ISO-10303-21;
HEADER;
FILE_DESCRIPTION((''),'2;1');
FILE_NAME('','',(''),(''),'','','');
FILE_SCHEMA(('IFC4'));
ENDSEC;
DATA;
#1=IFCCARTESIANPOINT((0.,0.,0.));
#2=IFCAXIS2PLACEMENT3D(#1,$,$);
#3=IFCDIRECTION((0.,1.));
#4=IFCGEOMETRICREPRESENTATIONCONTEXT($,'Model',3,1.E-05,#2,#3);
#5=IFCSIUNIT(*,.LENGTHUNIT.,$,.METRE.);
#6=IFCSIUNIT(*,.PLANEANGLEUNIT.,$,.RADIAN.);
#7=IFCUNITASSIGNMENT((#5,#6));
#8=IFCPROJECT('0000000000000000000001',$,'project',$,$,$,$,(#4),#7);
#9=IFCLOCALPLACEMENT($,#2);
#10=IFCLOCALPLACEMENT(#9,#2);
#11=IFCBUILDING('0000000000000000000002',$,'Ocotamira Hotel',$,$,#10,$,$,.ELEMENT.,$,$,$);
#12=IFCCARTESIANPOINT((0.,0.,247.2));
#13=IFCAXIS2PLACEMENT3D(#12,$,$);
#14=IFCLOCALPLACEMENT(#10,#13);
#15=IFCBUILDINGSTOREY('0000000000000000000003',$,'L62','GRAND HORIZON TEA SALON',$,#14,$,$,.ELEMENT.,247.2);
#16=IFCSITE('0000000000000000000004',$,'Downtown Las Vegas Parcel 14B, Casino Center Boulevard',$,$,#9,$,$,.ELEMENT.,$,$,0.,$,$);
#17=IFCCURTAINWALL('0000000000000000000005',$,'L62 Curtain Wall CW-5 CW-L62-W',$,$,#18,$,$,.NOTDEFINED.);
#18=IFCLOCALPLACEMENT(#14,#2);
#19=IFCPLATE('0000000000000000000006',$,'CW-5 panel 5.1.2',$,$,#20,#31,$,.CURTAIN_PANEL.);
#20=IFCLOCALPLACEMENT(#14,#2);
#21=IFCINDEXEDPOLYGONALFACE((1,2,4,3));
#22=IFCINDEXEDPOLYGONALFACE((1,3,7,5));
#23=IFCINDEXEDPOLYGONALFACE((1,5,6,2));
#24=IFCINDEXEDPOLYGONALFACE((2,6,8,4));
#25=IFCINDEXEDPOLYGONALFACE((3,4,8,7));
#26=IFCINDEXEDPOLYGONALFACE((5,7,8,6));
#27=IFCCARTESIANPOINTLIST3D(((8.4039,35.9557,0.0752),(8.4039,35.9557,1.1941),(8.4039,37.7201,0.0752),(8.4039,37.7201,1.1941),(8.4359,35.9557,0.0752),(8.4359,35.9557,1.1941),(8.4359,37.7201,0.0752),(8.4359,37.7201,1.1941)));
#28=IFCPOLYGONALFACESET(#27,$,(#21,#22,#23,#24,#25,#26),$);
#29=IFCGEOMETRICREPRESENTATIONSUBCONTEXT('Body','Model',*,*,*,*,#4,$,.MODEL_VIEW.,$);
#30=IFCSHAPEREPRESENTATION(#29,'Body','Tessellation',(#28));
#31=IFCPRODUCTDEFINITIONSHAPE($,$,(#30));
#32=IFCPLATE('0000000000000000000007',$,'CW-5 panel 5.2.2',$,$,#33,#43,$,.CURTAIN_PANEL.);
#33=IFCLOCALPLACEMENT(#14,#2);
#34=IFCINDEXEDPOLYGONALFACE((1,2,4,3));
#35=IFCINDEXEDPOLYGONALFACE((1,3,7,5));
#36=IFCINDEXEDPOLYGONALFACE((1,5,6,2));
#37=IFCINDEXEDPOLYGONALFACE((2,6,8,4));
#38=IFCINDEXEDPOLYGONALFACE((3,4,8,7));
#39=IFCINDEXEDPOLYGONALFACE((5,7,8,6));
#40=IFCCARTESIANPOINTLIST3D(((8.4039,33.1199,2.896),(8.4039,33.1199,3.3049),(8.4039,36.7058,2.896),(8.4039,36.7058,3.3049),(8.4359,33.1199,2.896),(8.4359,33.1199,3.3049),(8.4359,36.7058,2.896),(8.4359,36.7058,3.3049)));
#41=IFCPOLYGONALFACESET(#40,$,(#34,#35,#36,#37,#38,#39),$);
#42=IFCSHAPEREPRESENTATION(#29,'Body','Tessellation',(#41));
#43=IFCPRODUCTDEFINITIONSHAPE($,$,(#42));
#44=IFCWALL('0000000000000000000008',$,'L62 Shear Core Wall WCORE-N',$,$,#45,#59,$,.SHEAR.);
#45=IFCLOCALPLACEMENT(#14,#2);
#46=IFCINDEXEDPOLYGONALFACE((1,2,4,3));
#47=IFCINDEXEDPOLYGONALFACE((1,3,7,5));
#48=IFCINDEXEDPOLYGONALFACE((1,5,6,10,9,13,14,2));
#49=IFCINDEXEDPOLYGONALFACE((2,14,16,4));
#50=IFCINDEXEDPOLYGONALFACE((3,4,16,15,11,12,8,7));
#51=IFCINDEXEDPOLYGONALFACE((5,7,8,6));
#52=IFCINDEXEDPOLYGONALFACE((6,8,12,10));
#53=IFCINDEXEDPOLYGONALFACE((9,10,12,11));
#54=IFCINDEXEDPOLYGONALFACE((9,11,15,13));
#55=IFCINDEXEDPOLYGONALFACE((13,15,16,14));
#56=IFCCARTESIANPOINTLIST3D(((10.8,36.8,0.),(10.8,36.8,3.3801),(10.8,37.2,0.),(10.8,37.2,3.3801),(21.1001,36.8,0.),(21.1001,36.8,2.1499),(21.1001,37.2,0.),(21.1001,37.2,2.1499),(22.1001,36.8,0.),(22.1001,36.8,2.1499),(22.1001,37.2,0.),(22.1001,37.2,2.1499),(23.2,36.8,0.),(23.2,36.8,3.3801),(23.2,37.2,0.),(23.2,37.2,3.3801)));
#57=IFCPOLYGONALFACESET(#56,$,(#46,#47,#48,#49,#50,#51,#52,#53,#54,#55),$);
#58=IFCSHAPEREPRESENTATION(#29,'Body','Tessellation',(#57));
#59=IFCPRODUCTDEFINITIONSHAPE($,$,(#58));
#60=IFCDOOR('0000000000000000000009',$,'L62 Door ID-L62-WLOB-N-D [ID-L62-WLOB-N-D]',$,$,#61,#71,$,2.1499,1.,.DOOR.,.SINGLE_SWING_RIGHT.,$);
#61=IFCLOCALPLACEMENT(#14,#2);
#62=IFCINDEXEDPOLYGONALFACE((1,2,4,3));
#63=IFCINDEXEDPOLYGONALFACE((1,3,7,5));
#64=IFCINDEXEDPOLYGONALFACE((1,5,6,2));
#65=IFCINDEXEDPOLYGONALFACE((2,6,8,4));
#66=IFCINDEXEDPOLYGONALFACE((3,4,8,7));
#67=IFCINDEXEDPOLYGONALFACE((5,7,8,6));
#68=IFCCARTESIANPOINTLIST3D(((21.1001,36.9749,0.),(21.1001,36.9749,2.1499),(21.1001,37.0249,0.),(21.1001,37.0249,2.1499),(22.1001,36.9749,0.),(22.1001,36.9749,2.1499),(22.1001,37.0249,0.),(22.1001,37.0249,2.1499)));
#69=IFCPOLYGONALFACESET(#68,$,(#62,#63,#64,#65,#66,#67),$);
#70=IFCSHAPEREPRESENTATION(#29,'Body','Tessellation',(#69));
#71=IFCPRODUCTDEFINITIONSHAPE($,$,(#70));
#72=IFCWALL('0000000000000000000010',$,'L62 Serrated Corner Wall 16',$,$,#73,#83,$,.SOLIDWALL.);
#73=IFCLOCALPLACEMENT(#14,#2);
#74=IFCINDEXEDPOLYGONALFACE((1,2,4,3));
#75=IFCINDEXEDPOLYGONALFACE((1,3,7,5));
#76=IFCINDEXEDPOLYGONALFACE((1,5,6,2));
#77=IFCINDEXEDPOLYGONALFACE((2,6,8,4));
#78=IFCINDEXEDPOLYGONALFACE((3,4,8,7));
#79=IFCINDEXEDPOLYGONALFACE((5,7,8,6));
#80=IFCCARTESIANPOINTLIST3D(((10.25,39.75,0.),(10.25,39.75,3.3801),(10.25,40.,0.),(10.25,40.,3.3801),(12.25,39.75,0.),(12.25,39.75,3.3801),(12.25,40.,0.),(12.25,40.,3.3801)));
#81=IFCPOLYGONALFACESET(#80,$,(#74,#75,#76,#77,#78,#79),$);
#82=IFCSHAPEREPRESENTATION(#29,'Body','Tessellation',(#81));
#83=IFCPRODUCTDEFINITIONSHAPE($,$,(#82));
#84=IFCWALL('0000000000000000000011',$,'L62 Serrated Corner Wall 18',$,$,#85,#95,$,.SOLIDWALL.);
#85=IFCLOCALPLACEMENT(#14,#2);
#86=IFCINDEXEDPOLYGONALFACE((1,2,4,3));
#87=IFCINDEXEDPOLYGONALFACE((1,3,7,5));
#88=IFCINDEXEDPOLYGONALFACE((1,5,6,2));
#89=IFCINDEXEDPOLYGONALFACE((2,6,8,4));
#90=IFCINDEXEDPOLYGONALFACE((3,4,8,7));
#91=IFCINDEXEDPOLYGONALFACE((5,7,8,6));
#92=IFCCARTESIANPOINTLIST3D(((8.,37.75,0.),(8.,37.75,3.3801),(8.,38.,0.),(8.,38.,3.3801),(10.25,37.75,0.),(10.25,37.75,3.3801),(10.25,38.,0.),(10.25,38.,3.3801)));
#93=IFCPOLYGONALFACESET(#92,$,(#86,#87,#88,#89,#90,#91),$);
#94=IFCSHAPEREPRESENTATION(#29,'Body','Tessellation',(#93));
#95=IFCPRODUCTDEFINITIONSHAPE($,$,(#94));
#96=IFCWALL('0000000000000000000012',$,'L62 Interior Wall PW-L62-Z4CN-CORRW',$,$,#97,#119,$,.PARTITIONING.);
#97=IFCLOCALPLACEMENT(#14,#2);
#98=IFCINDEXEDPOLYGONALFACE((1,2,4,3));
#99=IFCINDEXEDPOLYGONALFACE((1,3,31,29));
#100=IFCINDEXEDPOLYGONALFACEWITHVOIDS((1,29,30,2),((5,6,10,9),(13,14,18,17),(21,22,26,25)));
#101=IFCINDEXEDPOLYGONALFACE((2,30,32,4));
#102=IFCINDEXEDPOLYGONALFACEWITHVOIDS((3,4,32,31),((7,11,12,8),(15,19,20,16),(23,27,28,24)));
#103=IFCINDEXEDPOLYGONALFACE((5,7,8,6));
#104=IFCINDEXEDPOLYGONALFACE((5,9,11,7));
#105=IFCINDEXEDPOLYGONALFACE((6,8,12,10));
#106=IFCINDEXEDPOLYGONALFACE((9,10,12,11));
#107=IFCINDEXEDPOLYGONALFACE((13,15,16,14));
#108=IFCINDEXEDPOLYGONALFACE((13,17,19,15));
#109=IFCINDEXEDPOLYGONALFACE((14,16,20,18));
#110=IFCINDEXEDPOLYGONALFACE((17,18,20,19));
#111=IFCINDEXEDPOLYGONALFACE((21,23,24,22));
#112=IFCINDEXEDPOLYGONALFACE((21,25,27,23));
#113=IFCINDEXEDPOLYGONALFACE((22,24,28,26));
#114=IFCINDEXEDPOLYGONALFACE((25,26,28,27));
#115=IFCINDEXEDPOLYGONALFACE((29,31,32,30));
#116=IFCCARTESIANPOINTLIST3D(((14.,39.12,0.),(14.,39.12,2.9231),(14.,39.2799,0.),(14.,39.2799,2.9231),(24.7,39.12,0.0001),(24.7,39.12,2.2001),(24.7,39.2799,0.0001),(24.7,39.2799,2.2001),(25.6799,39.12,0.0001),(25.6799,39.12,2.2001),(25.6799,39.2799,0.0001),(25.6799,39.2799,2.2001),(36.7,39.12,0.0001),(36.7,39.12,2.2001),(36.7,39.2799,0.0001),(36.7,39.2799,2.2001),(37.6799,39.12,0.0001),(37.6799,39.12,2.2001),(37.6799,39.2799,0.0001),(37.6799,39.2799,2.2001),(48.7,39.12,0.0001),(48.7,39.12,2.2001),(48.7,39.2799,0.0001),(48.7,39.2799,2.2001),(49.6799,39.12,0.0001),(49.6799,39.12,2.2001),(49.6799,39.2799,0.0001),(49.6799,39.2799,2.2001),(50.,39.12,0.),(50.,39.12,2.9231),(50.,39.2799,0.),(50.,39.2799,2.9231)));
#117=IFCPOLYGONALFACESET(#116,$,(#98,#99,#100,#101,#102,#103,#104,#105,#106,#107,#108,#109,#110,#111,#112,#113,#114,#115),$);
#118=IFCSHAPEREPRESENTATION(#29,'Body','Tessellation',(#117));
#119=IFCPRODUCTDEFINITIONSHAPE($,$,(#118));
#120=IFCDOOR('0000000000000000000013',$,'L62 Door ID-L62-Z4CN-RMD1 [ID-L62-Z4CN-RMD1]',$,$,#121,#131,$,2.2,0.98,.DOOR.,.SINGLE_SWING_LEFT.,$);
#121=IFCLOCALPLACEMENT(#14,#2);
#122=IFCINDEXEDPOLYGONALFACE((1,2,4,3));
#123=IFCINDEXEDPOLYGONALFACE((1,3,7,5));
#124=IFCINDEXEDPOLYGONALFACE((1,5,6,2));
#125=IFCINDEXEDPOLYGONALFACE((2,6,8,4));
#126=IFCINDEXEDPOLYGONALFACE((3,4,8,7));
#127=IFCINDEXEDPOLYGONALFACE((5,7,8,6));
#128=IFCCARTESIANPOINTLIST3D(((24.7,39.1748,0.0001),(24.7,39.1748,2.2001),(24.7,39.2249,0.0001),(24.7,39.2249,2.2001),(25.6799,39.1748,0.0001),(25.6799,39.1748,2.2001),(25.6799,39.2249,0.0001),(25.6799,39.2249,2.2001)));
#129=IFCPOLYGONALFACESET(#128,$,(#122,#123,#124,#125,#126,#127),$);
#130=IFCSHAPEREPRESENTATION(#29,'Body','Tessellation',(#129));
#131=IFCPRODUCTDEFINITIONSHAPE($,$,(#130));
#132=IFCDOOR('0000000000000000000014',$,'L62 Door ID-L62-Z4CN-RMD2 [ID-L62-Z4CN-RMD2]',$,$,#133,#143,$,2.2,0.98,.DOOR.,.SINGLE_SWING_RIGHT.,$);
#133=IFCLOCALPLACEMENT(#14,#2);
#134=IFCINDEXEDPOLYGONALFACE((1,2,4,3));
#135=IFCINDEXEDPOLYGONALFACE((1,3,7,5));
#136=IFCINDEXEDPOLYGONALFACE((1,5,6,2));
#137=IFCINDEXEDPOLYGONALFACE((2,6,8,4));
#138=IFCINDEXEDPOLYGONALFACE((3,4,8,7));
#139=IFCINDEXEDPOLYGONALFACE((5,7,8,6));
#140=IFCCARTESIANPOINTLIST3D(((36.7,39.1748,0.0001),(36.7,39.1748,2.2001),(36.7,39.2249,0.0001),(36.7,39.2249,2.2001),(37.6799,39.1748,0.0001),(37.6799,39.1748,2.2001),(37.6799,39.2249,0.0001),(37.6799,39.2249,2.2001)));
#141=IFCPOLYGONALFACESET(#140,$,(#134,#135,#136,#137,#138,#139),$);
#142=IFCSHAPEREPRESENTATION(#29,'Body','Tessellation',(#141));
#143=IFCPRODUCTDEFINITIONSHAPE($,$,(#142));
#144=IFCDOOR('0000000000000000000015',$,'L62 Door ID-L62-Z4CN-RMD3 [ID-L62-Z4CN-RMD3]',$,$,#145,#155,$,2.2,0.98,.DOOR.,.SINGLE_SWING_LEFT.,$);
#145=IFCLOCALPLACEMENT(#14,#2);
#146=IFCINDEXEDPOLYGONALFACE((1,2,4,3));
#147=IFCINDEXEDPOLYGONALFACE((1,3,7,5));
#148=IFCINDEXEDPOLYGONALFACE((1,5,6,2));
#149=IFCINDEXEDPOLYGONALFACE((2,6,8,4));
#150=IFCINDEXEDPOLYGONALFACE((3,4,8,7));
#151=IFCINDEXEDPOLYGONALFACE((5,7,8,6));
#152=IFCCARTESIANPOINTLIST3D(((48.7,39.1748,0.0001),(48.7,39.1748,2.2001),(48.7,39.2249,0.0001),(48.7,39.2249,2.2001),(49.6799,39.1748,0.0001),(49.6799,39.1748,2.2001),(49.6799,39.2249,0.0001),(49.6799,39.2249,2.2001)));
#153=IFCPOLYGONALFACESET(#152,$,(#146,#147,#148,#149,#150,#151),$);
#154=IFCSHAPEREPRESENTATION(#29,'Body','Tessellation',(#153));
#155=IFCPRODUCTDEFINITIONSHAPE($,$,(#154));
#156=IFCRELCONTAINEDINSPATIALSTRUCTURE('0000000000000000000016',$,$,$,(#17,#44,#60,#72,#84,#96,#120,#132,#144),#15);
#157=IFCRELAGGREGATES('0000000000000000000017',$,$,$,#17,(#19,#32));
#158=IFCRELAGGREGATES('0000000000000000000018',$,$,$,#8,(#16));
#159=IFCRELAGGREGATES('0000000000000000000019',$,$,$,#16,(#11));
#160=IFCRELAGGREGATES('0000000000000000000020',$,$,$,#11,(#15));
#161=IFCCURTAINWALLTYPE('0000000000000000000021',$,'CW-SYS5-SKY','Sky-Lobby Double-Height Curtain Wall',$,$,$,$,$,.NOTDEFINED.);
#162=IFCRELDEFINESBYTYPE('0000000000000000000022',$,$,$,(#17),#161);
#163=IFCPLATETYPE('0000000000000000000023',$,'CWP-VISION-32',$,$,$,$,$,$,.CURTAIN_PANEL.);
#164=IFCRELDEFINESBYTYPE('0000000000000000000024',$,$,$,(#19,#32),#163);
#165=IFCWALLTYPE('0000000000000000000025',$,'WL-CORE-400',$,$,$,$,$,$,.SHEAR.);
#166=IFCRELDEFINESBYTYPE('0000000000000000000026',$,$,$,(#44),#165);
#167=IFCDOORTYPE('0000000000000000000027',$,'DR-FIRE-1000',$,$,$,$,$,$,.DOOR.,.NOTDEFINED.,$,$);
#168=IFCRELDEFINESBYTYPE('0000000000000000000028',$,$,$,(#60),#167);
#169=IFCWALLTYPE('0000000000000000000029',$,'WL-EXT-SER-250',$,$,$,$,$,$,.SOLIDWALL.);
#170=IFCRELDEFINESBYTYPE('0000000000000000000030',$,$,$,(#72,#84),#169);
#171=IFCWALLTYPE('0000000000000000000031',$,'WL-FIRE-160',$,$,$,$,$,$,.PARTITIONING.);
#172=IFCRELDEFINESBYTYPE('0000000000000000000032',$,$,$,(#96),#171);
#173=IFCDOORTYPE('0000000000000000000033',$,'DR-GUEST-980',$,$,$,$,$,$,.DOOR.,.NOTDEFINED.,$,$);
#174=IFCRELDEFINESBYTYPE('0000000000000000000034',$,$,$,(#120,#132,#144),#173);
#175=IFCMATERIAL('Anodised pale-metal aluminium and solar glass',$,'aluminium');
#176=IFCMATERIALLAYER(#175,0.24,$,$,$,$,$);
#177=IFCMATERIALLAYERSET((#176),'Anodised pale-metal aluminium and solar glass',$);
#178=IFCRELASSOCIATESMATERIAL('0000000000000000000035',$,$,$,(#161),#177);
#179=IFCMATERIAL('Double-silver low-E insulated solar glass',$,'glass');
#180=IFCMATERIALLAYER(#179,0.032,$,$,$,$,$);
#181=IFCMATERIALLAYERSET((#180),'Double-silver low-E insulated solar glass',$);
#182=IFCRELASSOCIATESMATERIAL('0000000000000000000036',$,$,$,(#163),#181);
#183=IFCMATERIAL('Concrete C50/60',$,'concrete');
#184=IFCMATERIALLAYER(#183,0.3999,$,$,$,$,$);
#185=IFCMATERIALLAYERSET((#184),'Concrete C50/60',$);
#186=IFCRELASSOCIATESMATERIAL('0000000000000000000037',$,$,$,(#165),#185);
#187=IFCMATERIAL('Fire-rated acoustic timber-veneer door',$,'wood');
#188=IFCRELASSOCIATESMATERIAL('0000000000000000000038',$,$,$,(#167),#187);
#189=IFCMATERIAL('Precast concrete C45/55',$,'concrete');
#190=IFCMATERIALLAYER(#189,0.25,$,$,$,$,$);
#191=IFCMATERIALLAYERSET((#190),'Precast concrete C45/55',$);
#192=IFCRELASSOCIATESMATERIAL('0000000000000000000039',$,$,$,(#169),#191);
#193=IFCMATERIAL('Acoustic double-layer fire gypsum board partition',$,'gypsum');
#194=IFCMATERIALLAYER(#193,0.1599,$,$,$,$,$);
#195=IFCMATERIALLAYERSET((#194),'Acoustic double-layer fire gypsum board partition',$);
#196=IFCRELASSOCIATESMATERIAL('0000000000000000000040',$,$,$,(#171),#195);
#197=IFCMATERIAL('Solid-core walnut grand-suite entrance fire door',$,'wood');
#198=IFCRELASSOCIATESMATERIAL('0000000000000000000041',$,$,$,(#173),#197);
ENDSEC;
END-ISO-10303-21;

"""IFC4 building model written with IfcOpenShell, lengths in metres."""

from ifc_helpers import new_model, si_unit, direction, frame, frame_2d, origin, origin_2d, place, context, subcontext, project, spatial, rectangle, extrude, source, transform, mapped, material, layer, layer_set, type_object, element, fill, aggregate, save


model = new_model("IFC4")

# Units and contexts
model_context = context("Model", 3, precision=1e-05, world=origin(), true_north=direction((0.0, 1.0)))
body_context = subcontext(model_context, "Body", "Model", "MODEL_VIEW")
ifc_project = project(units=[si_unit("LENGTHUNIT", "METRE"), si_unit("PLANEANGLEUNIT", "RADIAN")], contexts=[model_context])

# Site, building, storey
site_placement = place(None, origin())
site = spatial("IfcSite", under=ifc_project, at=site_placement, Name="Downtown Las Vegas Parcel 14B, Casino Center Boulevard", CompositionType="ELEMENT", RefElevation=0.0)
building_placement = place(site_placement, origin())
building = spatial("IfcBuilding", under=site, at=building_placement, Name="Ocotamira Hotel", CompositionType="ELEMENT")
storey_placement = place(building_placement, frame((0.0, 0.0, 247.2)))
storey = spatial("IfcBuildingStorey", under=building, at=storey_placement, Name="L62", Description="GRAND HORIZON TEA SALON", CompositionType="ELEMENT", Elevation=247.2)

# Curtain wall
ifc_material_1 = material(Name="Anodised pale-metal aluminium and solar glass", Category="aluminium")
ifc_layer_1 = layer(ifc_material_1, 0.24)
ifc_layer_set_1 = layer_set([ifc_layer_1], Name="Anodised pale-metal aluminium and solar glass")
curtain_wall_type = type_object("IfcCurtainWallType", Name="CW-SYS5-SKY", Description="Sky-Lobby Double-Height Curtain Wall", PredefinedType="NOTDEFINED", material=ifc_layer_set_1)
curtain_wall_placement = place(storey_placement, origin())
curtain_wall = element("IfcCurtainWall", 1, at=curtain_wall_placement, inside=storey, type_object=curtain_wall_type, Name="L62 Curtain Wall CW-5 CW-L62-W", PredefinedType="NOTDEFINED")

# Plates
ifc_material_2 = material(Name="Double-silver low-E insulated solar glass", Category="glass")
ifc_layer_2 = layer(ifc_material_2, 0.032)
ifc_layer_set_2 = layer_set([ifc_layer_2], Name="Double-silver low-E insulated solar glass")
plate_type_1 = type_object("IfcPlateType", Name="CWP-VISION-32", PredefinedType="CURTAIN_PANEL", material=ifc_layer_set_2)
shared_shape_1 = source(origin(), body_context, "Body", "SweptSolid", [
    extrude(rectangle(XDim=1.7644, YDim=0.032, at=origin_2d()), origin(), (0.0, 0.0, 1.0), 1.1189),
])
plate_1_placement = place(storey_placement, frame((8.4199, 36.8379, 0.0752), z_axis=(0.0, 0.0, 1.0), x_axis=(0.0, 1.0, 0.0)))
plate_1 = element("IfcPlate", 2, at=plate_1_placement, type_object=plate_type_1, Name="CW-5 panel 5.1.2", PredefinedType="CURTAIN_PANEL", context=body_context, shape_type="MappedRepresentation", body=[
    mapped(shared_shape_1, transform((0.0, 0.0, 0.0), scale=1.0)),
])
shared_shape_2 = source(origin(), body_context, "Body", "SweptSolid", [
    extrude(rectangle(XDim=3.5859, YDim=0.032, at=origin_2d()), origin(), (0.0, 0.0, 1.0), 0.4089),
])
plate_2_placement = place(storey_placement, frame((8.4199, 34.9128, 2.896), z_axis=(0.0, 0.0, 1.0), x_axis=(0.0, 1.0, 0.0)))
plate_2 = element("IfcPlate", 3, at=plate_2_placement, type_object=plate_type_1, Name="CW-5 panel 5.2.2", PredefinedType="CURTAIN_PANEL", context=body_context, shape_type="MappedRepresentation", body=[
    mapped(shared_shape_2, transform((0.0, 0.0, 0.0), scale=1.0)),
])
aggregate(curtain_wall, [plate_1, plate_2])

# Wall, opening, door
ifc_material_3 = material(Name="Concrete C50/60", Category="concrete")
ifc_layer_3 = layer(ifc_material_3, 0.3999)
ifc_layer_set_3 = layer_set([ifc_layer_3], Name="Concrete C50/60")
wall_type_1 = type_object("IfcWallType", Name="WL-CORE-400", PredefinedType="SHEAR", material=ifc_layer_set_3)
wall_1_placement = place(storey_placement, frame((10.8, 37.0, 0.0), z_axis=(0.0, 0.0, 1.0), x_axis=(1.0, 0.0, 0.0)))
wall_1 = element("IfcWall", 4, at=wall_1_placement, inside=storey, type_object=wall_type_1, Name="L62 Shear Core Wall WCORE-N", PredefinedType="SHEAR", context=body_context, shape_type="SweptSolid", body=[
    extrude(rectangle(XDim=12.3999, YDim=0.3999, at=frame_2d((6.2, 0.0))), origin(), (0.0, 0.0, 1.0), 3.3801),
])
opening_1_placement = place(wall_1_placement, frame((10.3, 0.0, 0.0)))
opening_1 = element("IfcOpeningElement", 5, at=opening_1_placement, cuts=wall_1, PredefinedType="OPENING", context=body_context, shape_type="SweptSolid", body=[
    extrude(rectangle(XDim=1.0, YDim=2.1499, at=frame_2d((0.5, 1.075))), frame((0.0, 0.21, 0.0), z_axis=(0.0, -1.0, 0.0), x_axis=(1.0, 0.0, 0.0)), (0.0, 0.0, 1.0), 0.4199),
])
ifc_material_4 = material(Name="Fire-rated acoustic timber-veneer door", Category="wood")
door_type_1 = type_object("IfcDoorType", Name="DR-FIRE-1000", OperationType="NOTDEFINED", PredefinedType="DOOR", material=ifc_material_4)
shared_shape_3 = source(origin(), body_context, "Body", "SweptSolid", [
    extrude(rectangle(XDim=1.0, YDim=2.1499, at=frame_2d((0.5, 1.075))), frame((0.0, 0.0249, 0.0), z_axis=(0.0, -1.0, 0.0), x_axis=(1.0, 0.0, 0.0)), (0.0, 0.0, 1.0), 0.05),
])
door_1_placement = place(opening_1_placement, origin())
door_1 = element("IfcDoor", 6, at=door_1_placement, inside=storey, type_object=door_type_1, Name="L62 Door ID-L62-WLOB-N-D [ID-L62-WLOB-N-D]", OperationType="SINGLE_SWING_RIGHT", OverallHeight=2.1499, OverallWidth=1.0, PredefinedType="DOOR", context=body_context, shape_type="MappedRepresentation", body=[
    mapped(shared_shape_3, transform((0.0, 0.0, 0.0), scale=1.0)),
])
fill(opening_1, door_1)

# Walls
ifc_material_5 = material(Name="Precast concrete C45/55", Category="concrete")
ifc_layer_4 = layer(ifc_material_5, 0.25)
ifc_layer_set_4 = layer_set([ifc_layer_4], Name="Precast concrete C45/55")
wall_type_2 = type_object("IfcWallType", Name="WL-EXT-SER-250", PredefinedType="SOLIDWALL", material=ifc_layer_set_4)
wall_2_placement = place(storey_placement, frame((12.25, 39.875, 0.0), z_axis=(0.0, 0.0, 1.0), x_axis=(-1.0, 0.0, 0.0)))
element("IfcWall", 7, at=wall_2_placement, inside=storey, type_object=wall_type_2, Name="L62 Serrated Corner Wall 16", PredefinedType="SOLIDWALL", context=body_context, shape_type="SweptSolid", body=[
    extrude(rectangle(XDim=2.0, YDim=0.25, at=frame_2d((1.0, 0.0))), origin(), (0.0, 0.0, 1.0), 3.3801),
])
wall_3_placement = place(storey_placement, frame((10.25, 37.875, 0.0), z_axis=(0.0, 0.0, 1.0), x_axis=(-1.0, 0.0, 0.0)))
element("IfcWall", 8, at=wall_3_placement, inside=storey, type_object=wall_type_2, Name="L62 Serrated Corner Wall 18", PredefinedType="SOLIDWALL", context=body_context, shape_type="SweptSolid", body=[
    extrude(rectangle(XDim=2.25, YDim=0.25, at=frame_2d((1.125, 0.0))), origin(), (0.0, 0.0, 1.0), 3.3801),
])

# Wall, openings, doors
ifc_material_6 = material(Name="Acoustic double-layer fire gypsum board partition", Category="gypsum")
ifc_layer_5 = layer(ifc_material_6, 0.1599)
ifc_layer_set_5 = layer_set([ifc_layer_5], Name="Acoustic double-layer fire gypsum board partition")
wall_type_3 = type_object("IfcWallType", Name="WL-FIRE-160", PredefinedType="PARTITIONING", material=ifc_layer_set_5)
wall_4_placement = place(storey_placement, frame((14.0, 39.2, 0.0), z_axis=(0.0, 0.0, 1.0), x_axis=(1.0, 0.0, 0.0)))
wall_4 = element("IfcWall", 9, at=wall_4_placement, inside=storey, type_object=wall_type_3, Name="L62 Interior Wall PW-L62-Z4CN-CORRW", PredefinedType="PARTITIONING", context=body_context, shape_type="SweptSolid", body=[
    extrude(rectangle(XDim=36.0, YDim=0.1599, at=frame_2d((18.0, 0.0))), origin(), (0.0, 0.0, 1.0), 2.9231),
])
opening_2_placement = place(wall_4_placement, frame((10.7, 0.0, 0.0)))
opening_2 = element("IfcOpeningElement", 10, at=opening_2_placement, cuts=wall_4, PredefinedType="OPENING", context=body_context, shape_type="SweptSolid", body=[
    extrude(rectangle(XDim=0.98, YDim=2.2, at=frame_2d((0.49, 1.1001))), frame((0.0, 0.0898, 0.0), z_axis=(0.0, -1.0, 0.0), x_axis=(1.0, 0.0, 0.0)), (0.0, 0.0, 1.0), 0.1799),
])
opening_3_placement = place(wall_4_placement, frame((22.7, 0.0, 0.0)))
opening_3 = element("IfcOpeningElement", 11, at=opening_3_placement, cuts=wall_4, PredefinedType="OPENING", context=body_context, shape_type="SweptSolid", body=[
    extrude(rectangle(XDim=0.98, YDim=2.2, at=frame_2d((0.49, 1.1001))), frame((0.0, 0.0898, 0.0), z_axis=(0.0, -1.0, 0.0), x_axis=(1.0, 0.0, 0.0)), (0.0, 0.0, 1.0), 0.1799),
])
opening_4_placement = place(wall_4_placement, frame((34.7, 0.0, 0.0)))
opening_4 = element("IfcOpeningElement", 12, at=opening_4_placement, cuts=wall_4, PredefinedType="OPENING", context=body_context, shape_type="SweptSolid", body=[
    extrude(rectangle(XDim=0.98, YDim=2.2, at=frame_2d((0.49, 1.1001))), frame((0.0, 0.0898, 0.0), z_axis=(0.0, -1.0, 0.0), x_axis=(1.0, 0.0, 0.0)), (0.0, 0.0, 1.0), 0.1799),
])
ifc_material_7 = material(Name="Solid-core walnut grand-suite entrance fire door", Category="wood")
door_type_2 = type_object("IfcDoorType", Name="DR-GUEST-980", OperationType="NOTDEFINED", PredefinedType="DOOR", material=ifc_material_7)
shared_shape_4 = source(origin(), body_context, "Body", "SweptSolid", [
    extrude(rectangle(XDim=0.98, YDim=2.2, at=frame_2d((0.49, 1.1001))), frame((0.0, 0.0249, 0.0), z_axis=(0.0, -1.0, 0.0), x_axis=(1.0, 0.0, 0.0)), (0.0, 0.0, 1.0), 0.05),
])
door_2_placement = place(opening_2_placement, origin())
door_2 = element("IfcDoor", 13, at=door_2_placement, inside=storey, type_object=door_type_2, Name="L62 Door ID-L62-Z4CN-RMD1 [ID-L62-Z4CN-RMD1]", OperationType="SINGLE_SWING_LEFT", OverallHeight=2.2, OverallWidth=0.98, PredefinedType="DOOR", context=body_context, shape_type="MappedRepresentation", body=[
    mapped(shared_shape_4, transform((0.0, 0.0, 0.0), scale=1.0)),
])
fill(opening_2, door_2)
door_3_placement = place(opening_3_placement, origin())
door_3 = element("IfcDoor", 14, at=door_3_placement, inside=storey, type_object=door_type_2, Name="L62 Door ID-L62-Z4CN-RMD2 [ID-L62-Z4CN-RMD2]", OperationType="SINGLE_SWING_RIGHT", OverallHeight=2.2, OverallWidth=0.98, PredefinedType="DOOR", context=body_context, shape_type="MappedRepresentation", body=[
    mapped(shared_shape_4, transform((0.0, 0.0, 0.0), scale=1.0)),
])
fill(opening_3, door_3)
door_4_placement = place(opening_4_placement, origin())
door_4 = element("IfcDoor", 15, at=door_4_placement, inside=storey, type_object=door_type_2, Name="L62 Door ID-L62-Z4CN-RMD3 [ID-L62-Z4CN-RMD3]", OperationType="SINGLE_SWING_LEFT", OverallHeight=2.2, OverallWidth=0.98, PredefinedType="DOOR", context=body_context, shape_type="MappedRepresentation", body=[
    mapped(shared_shape_4, transform((0.0, 0.0, 0.0), scale=1.0)),
])
fill(opening_4, door_4)

save(model, "model.ifc")
